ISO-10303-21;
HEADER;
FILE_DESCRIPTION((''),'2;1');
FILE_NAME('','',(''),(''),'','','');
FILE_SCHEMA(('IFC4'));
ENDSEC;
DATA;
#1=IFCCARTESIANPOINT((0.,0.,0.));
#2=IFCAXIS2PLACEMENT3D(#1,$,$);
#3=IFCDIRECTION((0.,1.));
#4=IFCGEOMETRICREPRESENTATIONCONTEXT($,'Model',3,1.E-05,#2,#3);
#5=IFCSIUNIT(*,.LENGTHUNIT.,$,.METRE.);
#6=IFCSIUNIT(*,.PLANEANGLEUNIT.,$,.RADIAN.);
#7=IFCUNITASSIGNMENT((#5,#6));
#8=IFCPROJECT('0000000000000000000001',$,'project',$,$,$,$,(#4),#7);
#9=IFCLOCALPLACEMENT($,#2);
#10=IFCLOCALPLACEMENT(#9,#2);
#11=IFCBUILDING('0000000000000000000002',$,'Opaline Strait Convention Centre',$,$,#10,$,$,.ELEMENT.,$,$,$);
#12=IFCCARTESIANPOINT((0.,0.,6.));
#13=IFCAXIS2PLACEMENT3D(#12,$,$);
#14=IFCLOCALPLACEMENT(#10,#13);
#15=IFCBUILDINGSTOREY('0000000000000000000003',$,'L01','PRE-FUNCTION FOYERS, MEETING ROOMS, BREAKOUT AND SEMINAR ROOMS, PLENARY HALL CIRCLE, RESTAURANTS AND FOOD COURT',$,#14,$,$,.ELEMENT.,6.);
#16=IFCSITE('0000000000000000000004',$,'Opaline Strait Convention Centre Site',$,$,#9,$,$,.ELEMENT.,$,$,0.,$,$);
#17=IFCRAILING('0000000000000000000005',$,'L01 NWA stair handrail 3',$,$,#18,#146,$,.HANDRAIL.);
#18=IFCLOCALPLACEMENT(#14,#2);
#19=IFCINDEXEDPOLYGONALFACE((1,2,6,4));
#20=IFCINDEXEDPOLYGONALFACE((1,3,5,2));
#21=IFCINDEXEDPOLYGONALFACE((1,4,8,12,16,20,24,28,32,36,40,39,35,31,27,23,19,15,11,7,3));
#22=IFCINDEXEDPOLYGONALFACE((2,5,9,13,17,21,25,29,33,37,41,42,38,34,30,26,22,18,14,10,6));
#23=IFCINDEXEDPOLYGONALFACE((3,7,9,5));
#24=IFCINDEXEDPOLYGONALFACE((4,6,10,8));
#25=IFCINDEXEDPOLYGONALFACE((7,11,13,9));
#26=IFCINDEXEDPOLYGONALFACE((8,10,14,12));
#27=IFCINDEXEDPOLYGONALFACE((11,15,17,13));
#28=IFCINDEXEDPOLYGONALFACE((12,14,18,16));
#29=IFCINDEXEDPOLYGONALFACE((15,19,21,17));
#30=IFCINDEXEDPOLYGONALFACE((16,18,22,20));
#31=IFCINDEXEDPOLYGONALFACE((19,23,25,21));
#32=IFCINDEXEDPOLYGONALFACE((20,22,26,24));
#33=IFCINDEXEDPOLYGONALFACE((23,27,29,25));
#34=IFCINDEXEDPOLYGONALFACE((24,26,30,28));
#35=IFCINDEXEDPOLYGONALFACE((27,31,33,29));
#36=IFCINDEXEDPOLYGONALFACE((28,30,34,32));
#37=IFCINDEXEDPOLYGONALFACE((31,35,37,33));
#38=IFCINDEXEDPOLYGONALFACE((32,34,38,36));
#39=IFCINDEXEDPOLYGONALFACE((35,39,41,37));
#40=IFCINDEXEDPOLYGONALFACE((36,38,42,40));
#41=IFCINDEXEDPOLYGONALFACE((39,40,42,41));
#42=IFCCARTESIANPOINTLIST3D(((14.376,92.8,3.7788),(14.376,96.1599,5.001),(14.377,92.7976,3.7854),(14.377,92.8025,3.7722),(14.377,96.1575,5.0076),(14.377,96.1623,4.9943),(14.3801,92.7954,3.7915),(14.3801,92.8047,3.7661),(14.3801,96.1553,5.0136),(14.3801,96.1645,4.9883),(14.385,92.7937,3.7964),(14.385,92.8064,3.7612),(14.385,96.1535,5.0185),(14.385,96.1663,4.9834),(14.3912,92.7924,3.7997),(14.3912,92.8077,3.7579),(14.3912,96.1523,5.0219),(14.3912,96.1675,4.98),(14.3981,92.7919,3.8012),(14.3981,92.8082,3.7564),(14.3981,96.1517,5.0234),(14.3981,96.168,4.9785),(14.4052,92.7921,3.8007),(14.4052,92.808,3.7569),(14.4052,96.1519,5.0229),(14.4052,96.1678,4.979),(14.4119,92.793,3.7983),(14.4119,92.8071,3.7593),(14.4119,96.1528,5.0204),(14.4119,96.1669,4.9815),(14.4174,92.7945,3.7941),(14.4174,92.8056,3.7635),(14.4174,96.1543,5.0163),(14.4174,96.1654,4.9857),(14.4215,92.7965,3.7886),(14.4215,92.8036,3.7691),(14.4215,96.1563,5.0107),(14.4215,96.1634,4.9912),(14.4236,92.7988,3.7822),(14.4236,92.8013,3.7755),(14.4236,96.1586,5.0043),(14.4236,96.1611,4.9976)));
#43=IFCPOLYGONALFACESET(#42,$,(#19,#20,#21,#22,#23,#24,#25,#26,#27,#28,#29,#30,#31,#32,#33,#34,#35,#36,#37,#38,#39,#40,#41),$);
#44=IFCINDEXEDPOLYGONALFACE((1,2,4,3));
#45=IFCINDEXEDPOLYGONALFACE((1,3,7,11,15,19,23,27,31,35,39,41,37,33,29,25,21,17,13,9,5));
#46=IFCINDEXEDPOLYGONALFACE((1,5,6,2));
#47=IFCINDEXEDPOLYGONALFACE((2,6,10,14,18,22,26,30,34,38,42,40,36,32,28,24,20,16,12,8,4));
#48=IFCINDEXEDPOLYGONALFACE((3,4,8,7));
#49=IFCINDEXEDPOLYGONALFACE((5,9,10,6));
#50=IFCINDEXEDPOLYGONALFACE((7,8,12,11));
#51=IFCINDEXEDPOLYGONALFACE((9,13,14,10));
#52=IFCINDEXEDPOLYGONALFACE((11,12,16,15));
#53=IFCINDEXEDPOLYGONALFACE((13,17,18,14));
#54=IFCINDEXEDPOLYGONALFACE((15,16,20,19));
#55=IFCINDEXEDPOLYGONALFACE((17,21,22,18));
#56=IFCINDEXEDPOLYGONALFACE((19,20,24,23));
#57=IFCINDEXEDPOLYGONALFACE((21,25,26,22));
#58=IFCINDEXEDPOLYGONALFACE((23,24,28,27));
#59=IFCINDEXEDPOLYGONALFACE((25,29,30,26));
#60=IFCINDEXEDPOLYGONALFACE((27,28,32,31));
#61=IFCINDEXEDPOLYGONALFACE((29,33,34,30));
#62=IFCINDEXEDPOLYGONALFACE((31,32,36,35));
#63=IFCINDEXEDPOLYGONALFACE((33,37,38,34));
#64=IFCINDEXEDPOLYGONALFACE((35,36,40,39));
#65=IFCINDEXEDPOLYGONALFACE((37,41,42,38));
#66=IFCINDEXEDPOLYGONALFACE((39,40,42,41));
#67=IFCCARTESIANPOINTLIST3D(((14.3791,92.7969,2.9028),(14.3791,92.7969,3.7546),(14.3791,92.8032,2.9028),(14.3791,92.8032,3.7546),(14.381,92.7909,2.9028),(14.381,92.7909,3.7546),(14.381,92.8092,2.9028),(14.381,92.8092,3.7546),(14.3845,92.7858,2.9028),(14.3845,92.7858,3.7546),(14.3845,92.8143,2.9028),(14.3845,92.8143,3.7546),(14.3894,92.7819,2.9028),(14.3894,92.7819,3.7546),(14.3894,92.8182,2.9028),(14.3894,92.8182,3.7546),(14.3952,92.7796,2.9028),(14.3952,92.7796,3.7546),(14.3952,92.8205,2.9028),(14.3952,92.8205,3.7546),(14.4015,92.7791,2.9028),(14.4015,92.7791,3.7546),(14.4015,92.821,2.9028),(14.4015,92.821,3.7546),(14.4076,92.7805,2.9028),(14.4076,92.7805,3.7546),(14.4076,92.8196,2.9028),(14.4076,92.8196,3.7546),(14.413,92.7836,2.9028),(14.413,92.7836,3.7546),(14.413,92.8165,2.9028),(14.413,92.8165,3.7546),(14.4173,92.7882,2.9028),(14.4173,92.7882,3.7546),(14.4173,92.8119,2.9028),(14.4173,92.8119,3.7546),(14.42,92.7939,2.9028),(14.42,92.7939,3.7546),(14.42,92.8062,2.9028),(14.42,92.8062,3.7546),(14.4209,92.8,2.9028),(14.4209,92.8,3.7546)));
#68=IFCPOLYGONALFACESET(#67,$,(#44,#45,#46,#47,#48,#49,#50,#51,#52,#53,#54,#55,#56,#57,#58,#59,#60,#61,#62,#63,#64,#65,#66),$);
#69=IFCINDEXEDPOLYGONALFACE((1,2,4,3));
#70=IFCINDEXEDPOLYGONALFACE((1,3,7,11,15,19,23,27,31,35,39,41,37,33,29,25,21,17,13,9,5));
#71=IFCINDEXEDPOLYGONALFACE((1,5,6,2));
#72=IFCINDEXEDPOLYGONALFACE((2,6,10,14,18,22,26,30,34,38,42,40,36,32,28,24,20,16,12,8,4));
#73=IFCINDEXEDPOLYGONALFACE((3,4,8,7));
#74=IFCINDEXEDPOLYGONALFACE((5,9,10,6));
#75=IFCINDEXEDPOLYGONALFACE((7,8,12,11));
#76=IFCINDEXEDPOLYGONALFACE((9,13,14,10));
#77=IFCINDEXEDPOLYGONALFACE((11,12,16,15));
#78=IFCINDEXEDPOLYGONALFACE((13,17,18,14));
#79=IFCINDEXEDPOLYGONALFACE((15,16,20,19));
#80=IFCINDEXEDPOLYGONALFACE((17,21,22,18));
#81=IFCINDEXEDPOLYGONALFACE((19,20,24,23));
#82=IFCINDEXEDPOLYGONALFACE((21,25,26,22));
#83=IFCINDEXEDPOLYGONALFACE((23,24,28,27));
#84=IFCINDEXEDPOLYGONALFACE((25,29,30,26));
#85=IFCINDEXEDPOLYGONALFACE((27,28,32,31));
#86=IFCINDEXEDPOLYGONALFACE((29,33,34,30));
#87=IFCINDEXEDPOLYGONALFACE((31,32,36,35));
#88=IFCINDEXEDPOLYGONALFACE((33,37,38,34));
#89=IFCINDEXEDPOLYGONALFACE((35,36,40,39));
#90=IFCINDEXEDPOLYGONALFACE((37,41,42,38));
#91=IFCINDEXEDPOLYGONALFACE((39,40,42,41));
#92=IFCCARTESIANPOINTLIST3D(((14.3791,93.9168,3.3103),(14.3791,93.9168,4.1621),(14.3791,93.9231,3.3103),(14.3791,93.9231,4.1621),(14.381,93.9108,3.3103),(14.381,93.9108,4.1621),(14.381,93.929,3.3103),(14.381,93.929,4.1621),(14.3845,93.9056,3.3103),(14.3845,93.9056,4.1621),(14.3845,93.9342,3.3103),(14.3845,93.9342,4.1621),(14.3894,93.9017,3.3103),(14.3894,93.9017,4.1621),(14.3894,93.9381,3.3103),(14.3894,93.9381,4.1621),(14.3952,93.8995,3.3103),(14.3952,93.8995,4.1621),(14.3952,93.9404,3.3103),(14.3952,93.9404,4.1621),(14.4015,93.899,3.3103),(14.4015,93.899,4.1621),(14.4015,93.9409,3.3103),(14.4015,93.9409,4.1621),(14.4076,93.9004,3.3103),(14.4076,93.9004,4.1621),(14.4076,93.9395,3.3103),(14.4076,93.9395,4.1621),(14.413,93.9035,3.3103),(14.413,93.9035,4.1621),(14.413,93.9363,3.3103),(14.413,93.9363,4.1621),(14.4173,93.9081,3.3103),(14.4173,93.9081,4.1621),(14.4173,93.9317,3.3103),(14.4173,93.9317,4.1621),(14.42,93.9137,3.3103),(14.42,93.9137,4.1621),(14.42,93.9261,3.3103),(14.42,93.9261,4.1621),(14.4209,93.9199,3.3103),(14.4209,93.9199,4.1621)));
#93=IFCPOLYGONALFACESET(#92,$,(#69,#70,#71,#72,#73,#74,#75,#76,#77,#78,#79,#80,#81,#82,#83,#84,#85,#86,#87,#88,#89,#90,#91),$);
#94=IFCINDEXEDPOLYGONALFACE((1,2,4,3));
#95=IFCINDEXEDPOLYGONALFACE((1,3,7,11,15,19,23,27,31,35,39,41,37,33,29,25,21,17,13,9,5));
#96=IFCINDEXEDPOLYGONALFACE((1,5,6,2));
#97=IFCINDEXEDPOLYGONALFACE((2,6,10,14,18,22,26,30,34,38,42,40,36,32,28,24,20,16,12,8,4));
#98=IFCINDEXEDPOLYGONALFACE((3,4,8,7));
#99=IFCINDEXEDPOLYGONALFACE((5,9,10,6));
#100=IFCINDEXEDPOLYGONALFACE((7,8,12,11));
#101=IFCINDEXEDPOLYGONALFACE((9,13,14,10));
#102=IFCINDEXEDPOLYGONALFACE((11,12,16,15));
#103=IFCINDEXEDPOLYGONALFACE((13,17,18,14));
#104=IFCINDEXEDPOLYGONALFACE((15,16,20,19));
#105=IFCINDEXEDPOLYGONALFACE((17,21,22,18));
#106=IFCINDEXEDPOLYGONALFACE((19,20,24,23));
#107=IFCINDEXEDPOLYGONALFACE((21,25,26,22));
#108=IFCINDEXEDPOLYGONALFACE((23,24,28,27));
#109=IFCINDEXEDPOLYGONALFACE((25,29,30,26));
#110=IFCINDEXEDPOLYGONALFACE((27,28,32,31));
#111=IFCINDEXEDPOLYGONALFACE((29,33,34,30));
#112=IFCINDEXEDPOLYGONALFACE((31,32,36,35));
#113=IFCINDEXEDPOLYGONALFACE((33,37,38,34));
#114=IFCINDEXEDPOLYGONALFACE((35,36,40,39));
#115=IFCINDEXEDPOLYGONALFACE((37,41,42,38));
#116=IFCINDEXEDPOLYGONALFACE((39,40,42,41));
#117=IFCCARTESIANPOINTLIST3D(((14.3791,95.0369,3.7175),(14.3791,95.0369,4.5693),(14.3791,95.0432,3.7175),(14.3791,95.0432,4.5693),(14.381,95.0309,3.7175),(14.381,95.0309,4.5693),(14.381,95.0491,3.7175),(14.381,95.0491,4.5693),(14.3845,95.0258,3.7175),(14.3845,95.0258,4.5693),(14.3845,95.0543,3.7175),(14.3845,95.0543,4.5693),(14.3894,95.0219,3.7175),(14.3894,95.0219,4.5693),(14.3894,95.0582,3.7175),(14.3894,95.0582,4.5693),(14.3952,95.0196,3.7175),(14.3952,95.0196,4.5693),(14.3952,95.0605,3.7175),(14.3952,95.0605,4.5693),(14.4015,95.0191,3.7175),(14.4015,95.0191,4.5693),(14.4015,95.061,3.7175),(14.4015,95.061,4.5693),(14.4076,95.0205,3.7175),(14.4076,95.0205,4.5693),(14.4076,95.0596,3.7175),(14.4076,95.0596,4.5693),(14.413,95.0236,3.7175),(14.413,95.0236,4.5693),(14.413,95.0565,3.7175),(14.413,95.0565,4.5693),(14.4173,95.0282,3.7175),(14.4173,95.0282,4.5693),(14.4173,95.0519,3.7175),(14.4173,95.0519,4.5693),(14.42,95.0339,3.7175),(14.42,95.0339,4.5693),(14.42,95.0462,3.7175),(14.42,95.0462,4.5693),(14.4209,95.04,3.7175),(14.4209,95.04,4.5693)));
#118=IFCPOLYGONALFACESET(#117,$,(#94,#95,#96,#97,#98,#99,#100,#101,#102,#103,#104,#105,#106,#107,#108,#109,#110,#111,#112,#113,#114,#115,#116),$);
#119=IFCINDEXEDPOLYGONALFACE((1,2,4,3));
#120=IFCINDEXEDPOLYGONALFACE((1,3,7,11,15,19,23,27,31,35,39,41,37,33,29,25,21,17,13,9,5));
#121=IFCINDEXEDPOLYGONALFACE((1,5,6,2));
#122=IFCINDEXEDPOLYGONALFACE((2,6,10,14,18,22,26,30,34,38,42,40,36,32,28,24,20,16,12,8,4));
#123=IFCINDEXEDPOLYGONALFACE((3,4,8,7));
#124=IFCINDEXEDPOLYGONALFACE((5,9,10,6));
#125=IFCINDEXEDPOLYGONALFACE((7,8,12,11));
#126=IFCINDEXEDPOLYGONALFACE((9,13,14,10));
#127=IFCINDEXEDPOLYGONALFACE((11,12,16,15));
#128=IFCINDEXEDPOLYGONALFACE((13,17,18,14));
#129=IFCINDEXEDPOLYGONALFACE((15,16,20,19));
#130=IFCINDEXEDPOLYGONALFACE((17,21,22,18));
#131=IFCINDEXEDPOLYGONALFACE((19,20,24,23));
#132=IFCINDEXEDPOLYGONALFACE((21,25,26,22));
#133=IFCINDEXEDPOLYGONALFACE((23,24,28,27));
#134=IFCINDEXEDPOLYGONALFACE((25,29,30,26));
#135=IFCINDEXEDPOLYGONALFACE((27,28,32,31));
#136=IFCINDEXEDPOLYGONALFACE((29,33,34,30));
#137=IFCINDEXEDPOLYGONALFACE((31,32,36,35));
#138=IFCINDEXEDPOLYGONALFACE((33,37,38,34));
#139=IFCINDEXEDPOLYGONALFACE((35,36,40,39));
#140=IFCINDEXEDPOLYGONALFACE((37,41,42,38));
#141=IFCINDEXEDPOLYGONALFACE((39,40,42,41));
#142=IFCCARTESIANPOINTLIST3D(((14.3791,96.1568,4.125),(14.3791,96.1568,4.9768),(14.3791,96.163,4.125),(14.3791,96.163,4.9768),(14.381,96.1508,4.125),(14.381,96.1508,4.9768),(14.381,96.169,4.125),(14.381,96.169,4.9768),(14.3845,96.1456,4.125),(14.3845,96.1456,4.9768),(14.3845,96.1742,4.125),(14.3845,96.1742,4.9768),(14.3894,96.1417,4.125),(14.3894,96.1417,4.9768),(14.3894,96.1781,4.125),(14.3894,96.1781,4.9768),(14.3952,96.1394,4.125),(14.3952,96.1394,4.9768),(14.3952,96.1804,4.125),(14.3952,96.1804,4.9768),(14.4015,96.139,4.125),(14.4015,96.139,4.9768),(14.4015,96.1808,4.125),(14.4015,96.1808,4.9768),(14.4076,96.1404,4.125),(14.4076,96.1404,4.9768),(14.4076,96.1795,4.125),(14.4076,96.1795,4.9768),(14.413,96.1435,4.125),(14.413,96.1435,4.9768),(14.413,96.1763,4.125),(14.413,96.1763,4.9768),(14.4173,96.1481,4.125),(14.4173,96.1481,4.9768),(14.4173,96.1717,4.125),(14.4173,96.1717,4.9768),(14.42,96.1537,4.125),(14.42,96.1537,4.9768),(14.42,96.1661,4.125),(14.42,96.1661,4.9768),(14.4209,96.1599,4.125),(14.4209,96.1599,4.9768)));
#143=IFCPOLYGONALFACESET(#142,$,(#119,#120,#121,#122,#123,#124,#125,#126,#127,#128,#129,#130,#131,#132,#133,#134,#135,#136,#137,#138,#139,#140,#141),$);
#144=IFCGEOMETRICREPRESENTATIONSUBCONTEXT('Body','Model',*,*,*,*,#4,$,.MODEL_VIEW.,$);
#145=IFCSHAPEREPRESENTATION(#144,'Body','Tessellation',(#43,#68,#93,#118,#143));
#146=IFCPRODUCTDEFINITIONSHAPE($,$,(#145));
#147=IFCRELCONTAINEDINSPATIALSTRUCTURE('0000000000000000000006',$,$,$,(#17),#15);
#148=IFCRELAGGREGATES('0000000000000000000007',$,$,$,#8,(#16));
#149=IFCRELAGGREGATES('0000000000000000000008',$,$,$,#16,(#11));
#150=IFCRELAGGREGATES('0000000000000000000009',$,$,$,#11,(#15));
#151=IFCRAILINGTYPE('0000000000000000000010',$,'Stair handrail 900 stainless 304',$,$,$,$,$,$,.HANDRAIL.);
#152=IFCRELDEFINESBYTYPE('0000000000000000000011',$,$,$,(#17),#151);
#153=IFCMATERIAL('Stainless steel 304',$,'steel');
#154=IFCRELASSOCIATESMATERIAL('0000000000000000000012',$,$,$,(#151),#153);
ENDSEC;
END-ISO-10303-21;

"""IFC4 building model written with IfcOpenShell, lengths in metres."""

from ifc_helpers import new_model, si_unit, direction, frame, origin, origin_2d, place, context, subcontext, project, spatial, circle, extrude, material, type_object, element, save


model = new_model("IFC4")

# Units and contexts
model_context = context("Model", 3, precision=1e-05, world=origin(), true_north=direction((0.0, 1.0)))
body_context = subcontext(model_context, "Body", "Model", "MODEL_VIEW")
ifc_project = project(units=[si_unit("LENGTHUNIT", "METRE"), si_unit("PLANEANGLEUNIT", "RADIAN")], contexts=[model_context])

# Site, building, storey
site_placement = place(None, origin())
site = spatial("IfcSite", under=ifc_project, at=site_placement, Name="Opaline Strait Convention Centre Site", CompositionType="ELEMENT", RefElevation=0.0)
building_placement = place(site_placement, origin())
building = spatial("IfcBuilding", under=site, at=building_placement, Name="Opaline Strait Convention Centre", CompositionType="ELEMENT")
storey_placement = place(building_placement, frame((0.0, 0.0, 6.0)))
storey = spatial("IfcBuildingStorey", under=building, at=storey_placement, Name="L01", Description="PRE-FUNCTION FOYERS, MEETING ROOMS, BREAKOUT AND SEMINAR ROOMS, PLENARY HALL CIRCLE, RESTAURANTS AND FOOD COURT", CompositionType="ELEMENT", Elevation=6.0)

# Railing
ifc_material_1 = material(Name="Stainless steel 304", Category="steel")
railing_type_1 = type_object("IfcRailingType", Name="Stair handrail 900 stainless 304", PredefinedType="HANDRAIL", material=ifc_material_1)
for number, where, name in (
    (1, (14.3999, 92.8, 2.9028), "L01 NWA stair handrail 3"),
):
    element("IfcRailing", number, at=place(storey_placement, frame(where)), inside=storey, type_object=railing_type_1, Name=name, PredefinedType="HANDRAIL", context=body_context, shape_type="SweptSolid", body=[
        extrude(circle(Radius=0.0239, at=origin_2d()), frame((0.0, 0.0, 0.876), z_axis=(0.0, 0.939758, 0.341842), x_axis=(-1.0, 0.0, 0.0)), (0.0, 0.0, 1.0), 3.5752),
        extrude(circle(Radius=0.021, at=origin_2d()), origin(), (0.0, 0.0, 1.0), 0.8518),
        extrude(circle(Radius=0.021, at=origin_2d()), frame((0.0, 1.1199, 0.4075)), (0.0, 0.0, 1.0), 0.8518),
        extrude(circle(Radius=0.021, at=origin_2d()), frame((0.0, 2.24, 0.8147)), (0.0, 0.0, 1.0), 0.8518),
        extrude(circle(Radius=0.021, at=origin_2d()), frame((0.0, 3.3599, 1.2222)), (0.0, 0.0, 1.0), 0.8518),
    ])

save(model, "model.ifc")
